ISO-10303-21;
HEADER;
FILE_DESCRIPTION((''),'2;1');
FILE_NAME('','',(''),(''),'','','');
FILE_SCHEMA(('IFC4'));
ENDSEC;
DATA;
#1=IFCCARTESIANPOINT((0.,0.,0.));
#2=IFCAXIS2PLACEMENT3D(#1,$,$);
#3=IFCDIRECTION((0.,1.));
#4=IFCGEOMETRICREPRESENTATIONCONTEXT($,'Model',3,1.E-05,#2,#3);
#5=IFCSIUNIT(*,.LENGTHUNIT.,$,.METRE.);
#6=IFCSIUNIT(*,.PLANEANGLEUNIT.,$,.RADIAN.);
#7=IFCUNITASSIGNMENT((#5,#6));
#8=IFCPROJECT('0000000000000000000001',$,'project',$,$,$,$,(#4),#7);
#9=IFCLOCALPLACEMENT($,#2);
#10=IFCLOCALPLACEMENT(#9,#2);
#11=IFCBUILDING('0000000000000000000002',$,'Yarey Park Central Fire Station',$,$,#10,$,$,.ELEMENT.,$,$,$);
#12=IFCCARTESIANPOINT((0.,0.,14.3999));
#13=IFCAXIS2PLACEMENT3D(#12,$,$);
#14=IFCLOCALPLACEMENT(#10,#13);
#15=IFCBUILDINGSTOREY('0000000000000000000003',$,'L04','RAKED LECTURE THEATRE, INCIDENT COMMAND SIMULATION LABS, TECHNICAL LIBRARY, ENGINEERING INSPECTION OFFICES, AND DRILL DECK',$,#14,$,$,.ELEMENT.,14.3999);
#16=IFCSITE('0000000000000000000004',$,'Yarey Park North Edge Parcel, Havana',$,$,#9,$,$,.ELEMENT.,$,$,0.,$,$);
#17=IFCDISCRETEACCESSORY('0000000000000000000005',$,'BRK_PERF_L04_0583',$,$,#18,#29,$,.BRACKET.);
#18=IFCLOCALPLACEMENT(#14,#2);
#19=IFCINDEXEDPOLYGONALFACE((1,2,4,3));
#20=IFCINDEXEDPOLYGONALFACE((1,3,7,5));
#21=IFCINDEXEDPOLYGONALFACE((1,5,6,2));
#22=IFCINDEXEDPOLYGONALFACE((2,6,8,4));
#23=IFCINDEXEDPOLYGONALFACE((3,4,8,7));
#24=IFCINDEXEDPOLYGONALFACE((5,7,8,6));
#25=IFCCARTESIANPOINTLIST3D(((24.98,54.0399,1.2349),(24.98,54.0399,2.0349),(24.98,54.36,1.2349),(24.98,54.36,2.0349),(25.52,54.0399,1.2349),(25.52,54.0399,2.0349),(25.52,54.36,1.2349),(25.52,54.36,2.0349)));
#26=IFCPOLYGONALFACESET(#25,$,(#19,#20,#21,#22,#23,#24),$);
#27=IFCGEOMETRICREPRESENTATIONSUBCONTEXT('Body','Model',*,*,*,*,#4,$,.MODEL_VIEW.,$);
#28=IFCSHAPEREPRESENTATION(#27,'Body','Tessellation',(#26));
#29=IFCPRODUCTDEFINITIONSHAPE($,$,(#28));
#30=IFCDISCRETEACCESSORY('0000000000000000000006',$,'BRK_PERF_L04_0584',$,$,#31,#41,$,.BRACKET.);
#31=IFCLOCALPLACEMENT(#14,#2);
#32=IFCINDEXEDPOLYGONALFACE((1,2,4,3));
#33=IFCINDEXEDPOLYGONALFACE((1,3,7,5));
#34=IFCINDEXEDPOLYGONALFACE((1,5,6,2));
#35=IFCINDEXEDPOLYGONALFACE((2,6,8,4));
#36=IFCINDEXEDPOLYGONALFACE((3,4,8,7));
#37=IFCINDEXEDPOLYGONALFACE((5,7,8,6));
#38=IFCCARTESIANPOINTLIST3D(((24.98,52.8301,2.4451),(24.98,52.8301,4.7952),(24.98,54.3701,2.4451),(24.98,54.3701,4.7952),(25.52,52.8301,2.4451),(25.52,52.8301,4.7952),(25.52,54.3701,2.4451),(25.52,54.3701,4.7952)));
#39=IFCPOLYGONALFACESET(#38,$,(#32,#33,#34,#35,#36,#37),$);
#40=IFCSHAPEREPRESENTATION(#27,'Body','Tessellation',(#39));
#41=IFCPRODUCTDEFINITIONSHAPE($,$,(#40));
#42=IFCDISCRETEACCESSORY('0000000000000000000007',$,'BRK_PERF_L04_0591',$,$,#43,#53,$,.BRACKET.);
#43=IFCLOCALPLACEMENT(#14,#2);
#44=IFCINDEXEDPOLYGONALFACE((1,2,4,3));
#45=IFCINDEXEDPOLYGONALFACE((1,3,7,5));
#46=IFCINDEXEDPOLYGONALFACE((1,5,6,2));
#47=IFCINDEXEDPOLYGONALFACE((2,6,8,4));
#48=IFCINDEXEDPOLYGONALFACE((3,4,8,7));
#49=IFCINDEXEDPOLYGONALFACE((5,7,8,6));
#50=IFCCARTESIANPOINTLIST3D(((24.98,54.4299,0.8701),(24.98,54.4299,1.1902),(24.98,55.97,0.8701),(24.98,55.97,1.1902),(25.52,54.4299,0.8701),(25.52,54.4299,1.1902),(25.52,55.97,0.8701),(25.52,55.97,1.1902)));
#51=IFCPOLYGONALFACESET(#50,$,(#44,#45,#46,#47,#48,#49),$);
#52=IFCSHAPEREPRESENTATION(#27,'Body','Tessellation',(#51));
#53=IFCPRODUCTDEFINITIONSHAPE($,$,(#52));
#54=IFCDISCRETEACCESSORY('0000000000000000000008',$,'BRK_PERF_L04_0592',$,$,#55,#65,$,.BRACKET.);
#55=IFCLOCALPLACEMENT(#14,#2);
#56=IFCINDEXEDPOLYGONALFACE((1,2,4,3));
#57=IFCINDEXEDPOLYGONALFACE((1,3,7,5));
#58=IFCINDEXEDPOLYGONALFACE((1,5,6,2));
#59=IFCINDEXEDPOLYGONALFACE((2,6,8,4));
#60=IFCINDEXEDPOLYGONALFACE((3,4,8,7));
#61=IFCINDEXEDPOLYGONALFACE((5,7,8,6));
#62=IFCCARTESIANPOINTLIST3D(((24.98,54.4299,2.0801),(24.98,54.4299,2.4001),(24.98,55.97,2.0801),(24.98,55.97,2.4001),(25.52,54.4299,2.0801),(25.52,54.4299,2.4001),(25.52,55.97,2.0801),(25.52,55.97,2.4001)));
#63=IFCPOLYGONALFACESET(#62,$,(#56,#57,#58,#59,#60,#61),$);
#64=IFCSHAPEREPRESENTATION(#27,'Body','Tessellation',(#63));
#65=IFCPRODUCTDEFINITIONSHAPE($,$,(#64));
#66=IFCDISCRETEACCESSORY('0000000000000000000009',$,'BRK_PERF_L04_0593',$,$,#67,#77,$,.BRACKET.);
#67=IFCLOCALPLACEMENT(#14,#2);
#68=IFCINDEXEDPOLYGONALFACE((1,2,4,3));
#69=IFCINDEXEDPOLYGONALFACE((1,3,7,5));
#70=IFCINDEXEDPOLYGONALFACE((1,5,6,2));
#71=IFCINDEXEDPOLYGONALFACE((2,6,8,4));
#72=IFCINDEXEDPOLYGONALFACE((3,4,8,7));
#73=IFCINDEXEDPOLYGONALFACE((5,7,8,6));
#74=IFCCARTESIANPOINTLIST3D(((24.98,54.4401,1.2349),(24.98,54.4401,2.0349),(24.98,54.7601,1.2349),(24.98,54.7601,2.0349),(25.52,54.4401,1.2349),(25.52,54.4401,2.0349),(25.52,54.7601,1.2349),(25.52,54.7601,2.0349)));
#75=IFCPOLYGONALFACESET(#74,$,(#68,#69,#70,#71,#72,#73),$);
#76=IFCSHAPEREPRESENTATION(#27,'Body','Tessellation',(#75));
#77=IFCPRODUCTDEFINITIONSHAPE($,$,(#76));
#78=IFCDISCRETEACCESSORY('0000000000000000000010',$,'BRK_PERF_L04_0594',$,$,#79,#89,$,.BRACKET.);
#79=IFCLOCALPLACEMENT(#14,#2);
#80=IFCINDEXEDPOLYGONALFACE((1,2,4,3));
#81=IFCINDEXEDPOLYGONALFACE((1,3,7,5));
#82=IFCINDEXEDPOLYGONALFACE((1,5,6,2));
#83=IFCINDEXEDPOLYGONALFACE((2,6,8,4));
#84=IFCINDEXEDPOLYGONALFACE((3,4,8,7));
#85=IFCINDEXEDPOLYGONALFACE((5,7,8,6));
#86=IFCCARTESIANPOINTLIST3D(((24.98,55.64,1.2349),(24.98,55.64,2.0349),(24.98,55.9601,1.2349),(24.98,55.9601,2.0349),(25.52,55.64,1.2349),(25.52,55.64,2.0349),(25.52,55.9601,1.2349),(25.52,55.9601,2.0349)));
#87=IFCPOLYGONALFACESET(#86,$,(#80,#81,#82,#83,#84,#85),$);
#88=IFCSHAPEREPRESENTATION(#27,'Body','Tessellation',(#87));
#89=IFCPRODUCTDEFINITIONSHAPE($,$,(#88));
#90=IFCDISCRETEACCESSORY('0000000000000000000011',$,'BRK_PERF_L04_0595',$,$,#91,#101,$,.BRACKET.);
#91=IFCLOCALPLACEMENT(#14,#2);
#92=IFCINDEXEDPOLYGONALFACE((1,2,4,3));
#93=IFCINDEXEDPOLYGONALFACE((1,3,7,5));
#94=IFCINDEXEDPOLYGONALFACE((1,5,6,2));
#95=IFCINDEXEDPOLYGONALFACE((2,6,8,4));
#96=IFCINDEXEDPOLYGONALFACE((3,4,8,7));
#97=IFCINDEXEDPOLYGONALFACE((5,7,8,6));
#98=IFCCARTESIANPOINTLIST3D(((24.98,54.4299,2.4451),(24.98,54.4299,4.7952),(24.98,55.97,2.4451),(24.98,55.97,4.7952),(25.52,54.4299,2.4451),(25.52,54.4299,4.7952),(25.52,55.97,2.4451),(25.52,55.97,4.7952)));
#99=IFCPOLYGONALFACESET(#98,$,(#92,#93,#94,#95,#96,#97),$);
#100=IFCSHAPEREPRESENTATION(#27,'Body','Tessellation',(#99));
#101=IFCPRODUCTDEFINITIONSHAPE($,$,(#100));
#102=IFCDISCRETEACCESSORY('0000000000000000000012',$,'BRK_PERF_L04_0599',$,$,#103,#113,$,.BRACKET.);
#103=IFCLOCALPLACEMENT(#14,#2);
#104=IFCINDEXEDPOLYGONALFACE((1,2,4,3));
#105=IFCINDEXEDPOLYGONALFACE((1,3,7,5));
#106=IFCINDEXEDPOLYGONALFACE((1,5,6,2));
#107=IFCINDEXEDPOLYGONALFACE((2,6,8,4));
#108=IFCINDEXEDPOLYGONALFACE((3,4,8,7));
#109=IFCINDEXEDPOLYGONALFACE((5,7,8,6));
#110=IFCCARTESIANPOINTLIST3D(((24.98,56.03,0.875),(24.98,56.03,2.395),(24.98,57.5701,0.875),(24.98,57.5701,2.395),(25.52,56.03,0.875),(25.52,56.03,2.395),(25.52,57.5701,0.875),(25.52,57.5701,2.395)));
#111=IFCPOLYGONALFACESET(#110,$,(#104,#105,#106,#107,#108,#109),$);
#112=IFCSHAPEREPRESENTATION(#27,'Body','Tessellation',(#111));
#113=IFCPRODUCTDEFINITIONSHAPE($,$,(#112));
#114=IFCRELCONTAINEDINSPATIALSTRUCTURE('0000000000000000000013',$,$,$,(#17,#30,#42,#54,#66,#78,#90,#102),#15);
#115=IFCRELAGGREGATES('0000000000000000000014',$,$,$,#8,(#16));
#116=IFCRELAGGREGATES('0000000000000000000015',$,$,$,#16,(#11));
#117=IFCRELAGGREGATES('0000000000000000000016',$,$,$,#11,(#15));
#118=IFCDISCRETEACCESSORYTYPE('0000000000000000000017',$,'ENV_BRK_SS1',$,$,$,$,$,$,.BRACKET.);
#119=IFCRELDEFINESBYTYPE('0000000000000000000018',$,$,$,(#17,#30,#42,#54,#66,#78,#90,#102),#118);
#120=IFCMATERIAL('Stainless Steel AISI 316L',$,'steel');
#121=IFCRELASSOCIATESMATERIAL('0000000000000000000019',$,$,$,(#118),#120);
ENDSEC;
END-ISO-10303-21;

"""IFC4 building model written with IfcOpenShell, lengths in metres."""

from ifc_helpers import new_model, si_unit, direction, frame, origin, origin_2d, place, context, subcontext, project, spatial, rectangle, extrude, material, type_object, element, save


model = new_model("IFC4")

# Units and contexts
model_context = context("Model", 3, precision=1e-05, world=origin(), true_north=direction((0.0, 1.0)))
body_context = subcontext(model_context, "Body", "Model", "MODEL_VIEW")
ifc_project = project(units=[si_unit("LENGTHUNIT", "METRE"), si_unit("PLANEANGLEUNIT", "RADIAN")], contexts=[model_context])

# Site, building, storey
site_placement = place(None, origin())
site = spatial("IfcSite", under=ifc_project, at=site_placement, Name="Yarey Park North Edge Parcel, Havana", CompositionType="ELEMENT", RefElevation=0.0)
building_placement = place(site_placement, origin())
building = spatial("IfcBuilding", under=site, at=building_placement, Name="Yarey Park Central Fire Station", CompositionType="ELEMENT")
storey_placement = place(building_placement, frame((0.0, 0.0, 14.3999)))
storey = spatial("IfcBuildingStorey", under=building, at=storey_placement, Name="L04", Description="RAKED LECTURE THEATRE, INCIDENT COMMAND SIMULATION LABS, TECHNICAL LIBRARY, ENGINEERING INSPECTION OFFICES, AND DRILL DECK", CompositionType="ELEMENT", Elevation=14.3999)

# Discrete accessories
ifc_material_1 = material(Name="Stainless Steel AISI 316L", Category="steel")
discrete_accessory_type = type_object("IfcDiscreteAccessoryType", Name="ENV_BRK_SS1", PredefinedType="BRACKET", material=ifc_material_1)
for number, where, z_axis, x_axis, name in (
    (1, (25.25, 54.2, 1.2349), (0.0, 0.0, 1.0), (1.0, 0.0, 0.0), "BRK_PERF_L04_0583"),
):
    element("IfcDiscreteAccessory", number, at=place(storey_placement, frame(where, z_axis=z_axis, x_axis=x_axis)), inside=storey, type_object=discrete_accessory_type, Name=name, PredefinedType="BRACKET", context=body_context, shape_type="SweptSolid", body=[
        extrude(rectangle(XDim=0.54, YDim=0.3201, at=origin_2d()), origin(), (0.0, 0.0, 1.0), 0.8),
    ])
discrete_accessory_1_placement = place(storey_placement, frame((25.25, 53.6001, 2.4451), z_axis=(0.0, 0.0, 1.0), x_axis=(1.0, 0.0, 0.0)))
element("IfcDiscreteAccessory", 2, at=discrete_accessory_1_placement, inside=storey, type_object=discrete_accessory_type, Name="BRK_PERF_L04_0584", PredefinedType="BRACKET", context=body_context, shape_type="SweptSolid", body=[
    extrude(rectangle(XDim=0.54, YDim=1.54, at=origin_2d()), origin(), (0.0, 0.0, 1.0), 2.3501),
])
for number, where, z_axis, x_axis, name in (
    (3, (25.25, 55.2, 0.8701), (0.0, 0.0, 1.0), (1.0, 0.0, 0.0), "BRK_PERF_L04_0591"),
    (4, (25.25, 55.2, 2.0801), (0.0, 0.0, 1.0), (1.0, 0.0, 0.0), "BRK_PERF_L04_0592"),
):
    element("IfcDiscreteAccessory", number, at=place(storey_placement, frame(where, z_axis=z_axis, x_axis=x_axis)), inside=storey, type_object=discrete_accessory_type, Name=name, PredefinedType="BRACKET", context=body_context, shape_type="SweptSolid", body=[
        extrude(rectangle(XDim=0.54, YDim=1.54, at=origin_2d()), origin(), (0.0, 0.0, 1.0), 0.3201),
    ])
for number, where, z_axis, x_axis, name in (
    (5, (25.25, 54.6001, 1.2349), (0.0, 0.0, 1.0), (1.0, 0.0, 0.0), "BRK_PERF_L04_0593"),
    (6, (25.25, 55.8, 1.2349), (0.0, 0.0, 1.0), (1.0, 0.0, 0.0), "BRK_PERF_L04_0594"),
):
    element("IfcDiscreteAccessory", number, at=place(storey_placement, frame(where, z_axis=z_axis, x_axis=x_axis)), inside=storey, type_object=discrete_accessory_type, Name=name, PredefinedType="BRACKET", context=body_context, shape_type="SweptSolid", body=[
        extrude(rectangle(XDim=0.54, YDim=0.3201, at=origin_2d()), origin(), (0.0, 0.0, 1.0), 0.8),
    ])
discrete_accessory_2_placement = place(storey_placement, frame((25.25, 55.2, 2.4451), z_axis=(0.0, 0.0, 1.0), x_axis=(1.0, 0.0, 0.0)))
element("IfcDiscreteAccessory", 7, at=discrete_accessory_2_placement, inside=storey, type_object=discrete_accessory_type, Name="BRK_PERF_L04_0595", PredefinedType="BRACKET", context=body_context, shape_type="SweptSolid", body=[
    extrude(rectangle(XDim=0.54, YDim=1.54, at=origin_2d()), origin(), (0.0, 0.0, 1.0), 2.3501),
])
discrete_accessory_3_placement = place(storey_placement, frame((25.25, 56.8, 0.875), z_axis=(0.0, 0.0, 1.0), x_axis=(1.0, 0.0, 0.0)))
element("IfcDiscreteAccessory", 8, at=discrete_accessory_3_placement, inside=storey, type_object=discrete_accessory_type, Name="BRK_PERF_L04_0599", PredefinedType="BRACKET", context=body_context, shape_type="SweptSolid", body=[
    extrude(rectangle(XDim=0.54, YDim=1.54, at=origin_2d()), origin(), (0.0, 0.0, 1.0), 1.52),
])

save(model, "model.ifc")
